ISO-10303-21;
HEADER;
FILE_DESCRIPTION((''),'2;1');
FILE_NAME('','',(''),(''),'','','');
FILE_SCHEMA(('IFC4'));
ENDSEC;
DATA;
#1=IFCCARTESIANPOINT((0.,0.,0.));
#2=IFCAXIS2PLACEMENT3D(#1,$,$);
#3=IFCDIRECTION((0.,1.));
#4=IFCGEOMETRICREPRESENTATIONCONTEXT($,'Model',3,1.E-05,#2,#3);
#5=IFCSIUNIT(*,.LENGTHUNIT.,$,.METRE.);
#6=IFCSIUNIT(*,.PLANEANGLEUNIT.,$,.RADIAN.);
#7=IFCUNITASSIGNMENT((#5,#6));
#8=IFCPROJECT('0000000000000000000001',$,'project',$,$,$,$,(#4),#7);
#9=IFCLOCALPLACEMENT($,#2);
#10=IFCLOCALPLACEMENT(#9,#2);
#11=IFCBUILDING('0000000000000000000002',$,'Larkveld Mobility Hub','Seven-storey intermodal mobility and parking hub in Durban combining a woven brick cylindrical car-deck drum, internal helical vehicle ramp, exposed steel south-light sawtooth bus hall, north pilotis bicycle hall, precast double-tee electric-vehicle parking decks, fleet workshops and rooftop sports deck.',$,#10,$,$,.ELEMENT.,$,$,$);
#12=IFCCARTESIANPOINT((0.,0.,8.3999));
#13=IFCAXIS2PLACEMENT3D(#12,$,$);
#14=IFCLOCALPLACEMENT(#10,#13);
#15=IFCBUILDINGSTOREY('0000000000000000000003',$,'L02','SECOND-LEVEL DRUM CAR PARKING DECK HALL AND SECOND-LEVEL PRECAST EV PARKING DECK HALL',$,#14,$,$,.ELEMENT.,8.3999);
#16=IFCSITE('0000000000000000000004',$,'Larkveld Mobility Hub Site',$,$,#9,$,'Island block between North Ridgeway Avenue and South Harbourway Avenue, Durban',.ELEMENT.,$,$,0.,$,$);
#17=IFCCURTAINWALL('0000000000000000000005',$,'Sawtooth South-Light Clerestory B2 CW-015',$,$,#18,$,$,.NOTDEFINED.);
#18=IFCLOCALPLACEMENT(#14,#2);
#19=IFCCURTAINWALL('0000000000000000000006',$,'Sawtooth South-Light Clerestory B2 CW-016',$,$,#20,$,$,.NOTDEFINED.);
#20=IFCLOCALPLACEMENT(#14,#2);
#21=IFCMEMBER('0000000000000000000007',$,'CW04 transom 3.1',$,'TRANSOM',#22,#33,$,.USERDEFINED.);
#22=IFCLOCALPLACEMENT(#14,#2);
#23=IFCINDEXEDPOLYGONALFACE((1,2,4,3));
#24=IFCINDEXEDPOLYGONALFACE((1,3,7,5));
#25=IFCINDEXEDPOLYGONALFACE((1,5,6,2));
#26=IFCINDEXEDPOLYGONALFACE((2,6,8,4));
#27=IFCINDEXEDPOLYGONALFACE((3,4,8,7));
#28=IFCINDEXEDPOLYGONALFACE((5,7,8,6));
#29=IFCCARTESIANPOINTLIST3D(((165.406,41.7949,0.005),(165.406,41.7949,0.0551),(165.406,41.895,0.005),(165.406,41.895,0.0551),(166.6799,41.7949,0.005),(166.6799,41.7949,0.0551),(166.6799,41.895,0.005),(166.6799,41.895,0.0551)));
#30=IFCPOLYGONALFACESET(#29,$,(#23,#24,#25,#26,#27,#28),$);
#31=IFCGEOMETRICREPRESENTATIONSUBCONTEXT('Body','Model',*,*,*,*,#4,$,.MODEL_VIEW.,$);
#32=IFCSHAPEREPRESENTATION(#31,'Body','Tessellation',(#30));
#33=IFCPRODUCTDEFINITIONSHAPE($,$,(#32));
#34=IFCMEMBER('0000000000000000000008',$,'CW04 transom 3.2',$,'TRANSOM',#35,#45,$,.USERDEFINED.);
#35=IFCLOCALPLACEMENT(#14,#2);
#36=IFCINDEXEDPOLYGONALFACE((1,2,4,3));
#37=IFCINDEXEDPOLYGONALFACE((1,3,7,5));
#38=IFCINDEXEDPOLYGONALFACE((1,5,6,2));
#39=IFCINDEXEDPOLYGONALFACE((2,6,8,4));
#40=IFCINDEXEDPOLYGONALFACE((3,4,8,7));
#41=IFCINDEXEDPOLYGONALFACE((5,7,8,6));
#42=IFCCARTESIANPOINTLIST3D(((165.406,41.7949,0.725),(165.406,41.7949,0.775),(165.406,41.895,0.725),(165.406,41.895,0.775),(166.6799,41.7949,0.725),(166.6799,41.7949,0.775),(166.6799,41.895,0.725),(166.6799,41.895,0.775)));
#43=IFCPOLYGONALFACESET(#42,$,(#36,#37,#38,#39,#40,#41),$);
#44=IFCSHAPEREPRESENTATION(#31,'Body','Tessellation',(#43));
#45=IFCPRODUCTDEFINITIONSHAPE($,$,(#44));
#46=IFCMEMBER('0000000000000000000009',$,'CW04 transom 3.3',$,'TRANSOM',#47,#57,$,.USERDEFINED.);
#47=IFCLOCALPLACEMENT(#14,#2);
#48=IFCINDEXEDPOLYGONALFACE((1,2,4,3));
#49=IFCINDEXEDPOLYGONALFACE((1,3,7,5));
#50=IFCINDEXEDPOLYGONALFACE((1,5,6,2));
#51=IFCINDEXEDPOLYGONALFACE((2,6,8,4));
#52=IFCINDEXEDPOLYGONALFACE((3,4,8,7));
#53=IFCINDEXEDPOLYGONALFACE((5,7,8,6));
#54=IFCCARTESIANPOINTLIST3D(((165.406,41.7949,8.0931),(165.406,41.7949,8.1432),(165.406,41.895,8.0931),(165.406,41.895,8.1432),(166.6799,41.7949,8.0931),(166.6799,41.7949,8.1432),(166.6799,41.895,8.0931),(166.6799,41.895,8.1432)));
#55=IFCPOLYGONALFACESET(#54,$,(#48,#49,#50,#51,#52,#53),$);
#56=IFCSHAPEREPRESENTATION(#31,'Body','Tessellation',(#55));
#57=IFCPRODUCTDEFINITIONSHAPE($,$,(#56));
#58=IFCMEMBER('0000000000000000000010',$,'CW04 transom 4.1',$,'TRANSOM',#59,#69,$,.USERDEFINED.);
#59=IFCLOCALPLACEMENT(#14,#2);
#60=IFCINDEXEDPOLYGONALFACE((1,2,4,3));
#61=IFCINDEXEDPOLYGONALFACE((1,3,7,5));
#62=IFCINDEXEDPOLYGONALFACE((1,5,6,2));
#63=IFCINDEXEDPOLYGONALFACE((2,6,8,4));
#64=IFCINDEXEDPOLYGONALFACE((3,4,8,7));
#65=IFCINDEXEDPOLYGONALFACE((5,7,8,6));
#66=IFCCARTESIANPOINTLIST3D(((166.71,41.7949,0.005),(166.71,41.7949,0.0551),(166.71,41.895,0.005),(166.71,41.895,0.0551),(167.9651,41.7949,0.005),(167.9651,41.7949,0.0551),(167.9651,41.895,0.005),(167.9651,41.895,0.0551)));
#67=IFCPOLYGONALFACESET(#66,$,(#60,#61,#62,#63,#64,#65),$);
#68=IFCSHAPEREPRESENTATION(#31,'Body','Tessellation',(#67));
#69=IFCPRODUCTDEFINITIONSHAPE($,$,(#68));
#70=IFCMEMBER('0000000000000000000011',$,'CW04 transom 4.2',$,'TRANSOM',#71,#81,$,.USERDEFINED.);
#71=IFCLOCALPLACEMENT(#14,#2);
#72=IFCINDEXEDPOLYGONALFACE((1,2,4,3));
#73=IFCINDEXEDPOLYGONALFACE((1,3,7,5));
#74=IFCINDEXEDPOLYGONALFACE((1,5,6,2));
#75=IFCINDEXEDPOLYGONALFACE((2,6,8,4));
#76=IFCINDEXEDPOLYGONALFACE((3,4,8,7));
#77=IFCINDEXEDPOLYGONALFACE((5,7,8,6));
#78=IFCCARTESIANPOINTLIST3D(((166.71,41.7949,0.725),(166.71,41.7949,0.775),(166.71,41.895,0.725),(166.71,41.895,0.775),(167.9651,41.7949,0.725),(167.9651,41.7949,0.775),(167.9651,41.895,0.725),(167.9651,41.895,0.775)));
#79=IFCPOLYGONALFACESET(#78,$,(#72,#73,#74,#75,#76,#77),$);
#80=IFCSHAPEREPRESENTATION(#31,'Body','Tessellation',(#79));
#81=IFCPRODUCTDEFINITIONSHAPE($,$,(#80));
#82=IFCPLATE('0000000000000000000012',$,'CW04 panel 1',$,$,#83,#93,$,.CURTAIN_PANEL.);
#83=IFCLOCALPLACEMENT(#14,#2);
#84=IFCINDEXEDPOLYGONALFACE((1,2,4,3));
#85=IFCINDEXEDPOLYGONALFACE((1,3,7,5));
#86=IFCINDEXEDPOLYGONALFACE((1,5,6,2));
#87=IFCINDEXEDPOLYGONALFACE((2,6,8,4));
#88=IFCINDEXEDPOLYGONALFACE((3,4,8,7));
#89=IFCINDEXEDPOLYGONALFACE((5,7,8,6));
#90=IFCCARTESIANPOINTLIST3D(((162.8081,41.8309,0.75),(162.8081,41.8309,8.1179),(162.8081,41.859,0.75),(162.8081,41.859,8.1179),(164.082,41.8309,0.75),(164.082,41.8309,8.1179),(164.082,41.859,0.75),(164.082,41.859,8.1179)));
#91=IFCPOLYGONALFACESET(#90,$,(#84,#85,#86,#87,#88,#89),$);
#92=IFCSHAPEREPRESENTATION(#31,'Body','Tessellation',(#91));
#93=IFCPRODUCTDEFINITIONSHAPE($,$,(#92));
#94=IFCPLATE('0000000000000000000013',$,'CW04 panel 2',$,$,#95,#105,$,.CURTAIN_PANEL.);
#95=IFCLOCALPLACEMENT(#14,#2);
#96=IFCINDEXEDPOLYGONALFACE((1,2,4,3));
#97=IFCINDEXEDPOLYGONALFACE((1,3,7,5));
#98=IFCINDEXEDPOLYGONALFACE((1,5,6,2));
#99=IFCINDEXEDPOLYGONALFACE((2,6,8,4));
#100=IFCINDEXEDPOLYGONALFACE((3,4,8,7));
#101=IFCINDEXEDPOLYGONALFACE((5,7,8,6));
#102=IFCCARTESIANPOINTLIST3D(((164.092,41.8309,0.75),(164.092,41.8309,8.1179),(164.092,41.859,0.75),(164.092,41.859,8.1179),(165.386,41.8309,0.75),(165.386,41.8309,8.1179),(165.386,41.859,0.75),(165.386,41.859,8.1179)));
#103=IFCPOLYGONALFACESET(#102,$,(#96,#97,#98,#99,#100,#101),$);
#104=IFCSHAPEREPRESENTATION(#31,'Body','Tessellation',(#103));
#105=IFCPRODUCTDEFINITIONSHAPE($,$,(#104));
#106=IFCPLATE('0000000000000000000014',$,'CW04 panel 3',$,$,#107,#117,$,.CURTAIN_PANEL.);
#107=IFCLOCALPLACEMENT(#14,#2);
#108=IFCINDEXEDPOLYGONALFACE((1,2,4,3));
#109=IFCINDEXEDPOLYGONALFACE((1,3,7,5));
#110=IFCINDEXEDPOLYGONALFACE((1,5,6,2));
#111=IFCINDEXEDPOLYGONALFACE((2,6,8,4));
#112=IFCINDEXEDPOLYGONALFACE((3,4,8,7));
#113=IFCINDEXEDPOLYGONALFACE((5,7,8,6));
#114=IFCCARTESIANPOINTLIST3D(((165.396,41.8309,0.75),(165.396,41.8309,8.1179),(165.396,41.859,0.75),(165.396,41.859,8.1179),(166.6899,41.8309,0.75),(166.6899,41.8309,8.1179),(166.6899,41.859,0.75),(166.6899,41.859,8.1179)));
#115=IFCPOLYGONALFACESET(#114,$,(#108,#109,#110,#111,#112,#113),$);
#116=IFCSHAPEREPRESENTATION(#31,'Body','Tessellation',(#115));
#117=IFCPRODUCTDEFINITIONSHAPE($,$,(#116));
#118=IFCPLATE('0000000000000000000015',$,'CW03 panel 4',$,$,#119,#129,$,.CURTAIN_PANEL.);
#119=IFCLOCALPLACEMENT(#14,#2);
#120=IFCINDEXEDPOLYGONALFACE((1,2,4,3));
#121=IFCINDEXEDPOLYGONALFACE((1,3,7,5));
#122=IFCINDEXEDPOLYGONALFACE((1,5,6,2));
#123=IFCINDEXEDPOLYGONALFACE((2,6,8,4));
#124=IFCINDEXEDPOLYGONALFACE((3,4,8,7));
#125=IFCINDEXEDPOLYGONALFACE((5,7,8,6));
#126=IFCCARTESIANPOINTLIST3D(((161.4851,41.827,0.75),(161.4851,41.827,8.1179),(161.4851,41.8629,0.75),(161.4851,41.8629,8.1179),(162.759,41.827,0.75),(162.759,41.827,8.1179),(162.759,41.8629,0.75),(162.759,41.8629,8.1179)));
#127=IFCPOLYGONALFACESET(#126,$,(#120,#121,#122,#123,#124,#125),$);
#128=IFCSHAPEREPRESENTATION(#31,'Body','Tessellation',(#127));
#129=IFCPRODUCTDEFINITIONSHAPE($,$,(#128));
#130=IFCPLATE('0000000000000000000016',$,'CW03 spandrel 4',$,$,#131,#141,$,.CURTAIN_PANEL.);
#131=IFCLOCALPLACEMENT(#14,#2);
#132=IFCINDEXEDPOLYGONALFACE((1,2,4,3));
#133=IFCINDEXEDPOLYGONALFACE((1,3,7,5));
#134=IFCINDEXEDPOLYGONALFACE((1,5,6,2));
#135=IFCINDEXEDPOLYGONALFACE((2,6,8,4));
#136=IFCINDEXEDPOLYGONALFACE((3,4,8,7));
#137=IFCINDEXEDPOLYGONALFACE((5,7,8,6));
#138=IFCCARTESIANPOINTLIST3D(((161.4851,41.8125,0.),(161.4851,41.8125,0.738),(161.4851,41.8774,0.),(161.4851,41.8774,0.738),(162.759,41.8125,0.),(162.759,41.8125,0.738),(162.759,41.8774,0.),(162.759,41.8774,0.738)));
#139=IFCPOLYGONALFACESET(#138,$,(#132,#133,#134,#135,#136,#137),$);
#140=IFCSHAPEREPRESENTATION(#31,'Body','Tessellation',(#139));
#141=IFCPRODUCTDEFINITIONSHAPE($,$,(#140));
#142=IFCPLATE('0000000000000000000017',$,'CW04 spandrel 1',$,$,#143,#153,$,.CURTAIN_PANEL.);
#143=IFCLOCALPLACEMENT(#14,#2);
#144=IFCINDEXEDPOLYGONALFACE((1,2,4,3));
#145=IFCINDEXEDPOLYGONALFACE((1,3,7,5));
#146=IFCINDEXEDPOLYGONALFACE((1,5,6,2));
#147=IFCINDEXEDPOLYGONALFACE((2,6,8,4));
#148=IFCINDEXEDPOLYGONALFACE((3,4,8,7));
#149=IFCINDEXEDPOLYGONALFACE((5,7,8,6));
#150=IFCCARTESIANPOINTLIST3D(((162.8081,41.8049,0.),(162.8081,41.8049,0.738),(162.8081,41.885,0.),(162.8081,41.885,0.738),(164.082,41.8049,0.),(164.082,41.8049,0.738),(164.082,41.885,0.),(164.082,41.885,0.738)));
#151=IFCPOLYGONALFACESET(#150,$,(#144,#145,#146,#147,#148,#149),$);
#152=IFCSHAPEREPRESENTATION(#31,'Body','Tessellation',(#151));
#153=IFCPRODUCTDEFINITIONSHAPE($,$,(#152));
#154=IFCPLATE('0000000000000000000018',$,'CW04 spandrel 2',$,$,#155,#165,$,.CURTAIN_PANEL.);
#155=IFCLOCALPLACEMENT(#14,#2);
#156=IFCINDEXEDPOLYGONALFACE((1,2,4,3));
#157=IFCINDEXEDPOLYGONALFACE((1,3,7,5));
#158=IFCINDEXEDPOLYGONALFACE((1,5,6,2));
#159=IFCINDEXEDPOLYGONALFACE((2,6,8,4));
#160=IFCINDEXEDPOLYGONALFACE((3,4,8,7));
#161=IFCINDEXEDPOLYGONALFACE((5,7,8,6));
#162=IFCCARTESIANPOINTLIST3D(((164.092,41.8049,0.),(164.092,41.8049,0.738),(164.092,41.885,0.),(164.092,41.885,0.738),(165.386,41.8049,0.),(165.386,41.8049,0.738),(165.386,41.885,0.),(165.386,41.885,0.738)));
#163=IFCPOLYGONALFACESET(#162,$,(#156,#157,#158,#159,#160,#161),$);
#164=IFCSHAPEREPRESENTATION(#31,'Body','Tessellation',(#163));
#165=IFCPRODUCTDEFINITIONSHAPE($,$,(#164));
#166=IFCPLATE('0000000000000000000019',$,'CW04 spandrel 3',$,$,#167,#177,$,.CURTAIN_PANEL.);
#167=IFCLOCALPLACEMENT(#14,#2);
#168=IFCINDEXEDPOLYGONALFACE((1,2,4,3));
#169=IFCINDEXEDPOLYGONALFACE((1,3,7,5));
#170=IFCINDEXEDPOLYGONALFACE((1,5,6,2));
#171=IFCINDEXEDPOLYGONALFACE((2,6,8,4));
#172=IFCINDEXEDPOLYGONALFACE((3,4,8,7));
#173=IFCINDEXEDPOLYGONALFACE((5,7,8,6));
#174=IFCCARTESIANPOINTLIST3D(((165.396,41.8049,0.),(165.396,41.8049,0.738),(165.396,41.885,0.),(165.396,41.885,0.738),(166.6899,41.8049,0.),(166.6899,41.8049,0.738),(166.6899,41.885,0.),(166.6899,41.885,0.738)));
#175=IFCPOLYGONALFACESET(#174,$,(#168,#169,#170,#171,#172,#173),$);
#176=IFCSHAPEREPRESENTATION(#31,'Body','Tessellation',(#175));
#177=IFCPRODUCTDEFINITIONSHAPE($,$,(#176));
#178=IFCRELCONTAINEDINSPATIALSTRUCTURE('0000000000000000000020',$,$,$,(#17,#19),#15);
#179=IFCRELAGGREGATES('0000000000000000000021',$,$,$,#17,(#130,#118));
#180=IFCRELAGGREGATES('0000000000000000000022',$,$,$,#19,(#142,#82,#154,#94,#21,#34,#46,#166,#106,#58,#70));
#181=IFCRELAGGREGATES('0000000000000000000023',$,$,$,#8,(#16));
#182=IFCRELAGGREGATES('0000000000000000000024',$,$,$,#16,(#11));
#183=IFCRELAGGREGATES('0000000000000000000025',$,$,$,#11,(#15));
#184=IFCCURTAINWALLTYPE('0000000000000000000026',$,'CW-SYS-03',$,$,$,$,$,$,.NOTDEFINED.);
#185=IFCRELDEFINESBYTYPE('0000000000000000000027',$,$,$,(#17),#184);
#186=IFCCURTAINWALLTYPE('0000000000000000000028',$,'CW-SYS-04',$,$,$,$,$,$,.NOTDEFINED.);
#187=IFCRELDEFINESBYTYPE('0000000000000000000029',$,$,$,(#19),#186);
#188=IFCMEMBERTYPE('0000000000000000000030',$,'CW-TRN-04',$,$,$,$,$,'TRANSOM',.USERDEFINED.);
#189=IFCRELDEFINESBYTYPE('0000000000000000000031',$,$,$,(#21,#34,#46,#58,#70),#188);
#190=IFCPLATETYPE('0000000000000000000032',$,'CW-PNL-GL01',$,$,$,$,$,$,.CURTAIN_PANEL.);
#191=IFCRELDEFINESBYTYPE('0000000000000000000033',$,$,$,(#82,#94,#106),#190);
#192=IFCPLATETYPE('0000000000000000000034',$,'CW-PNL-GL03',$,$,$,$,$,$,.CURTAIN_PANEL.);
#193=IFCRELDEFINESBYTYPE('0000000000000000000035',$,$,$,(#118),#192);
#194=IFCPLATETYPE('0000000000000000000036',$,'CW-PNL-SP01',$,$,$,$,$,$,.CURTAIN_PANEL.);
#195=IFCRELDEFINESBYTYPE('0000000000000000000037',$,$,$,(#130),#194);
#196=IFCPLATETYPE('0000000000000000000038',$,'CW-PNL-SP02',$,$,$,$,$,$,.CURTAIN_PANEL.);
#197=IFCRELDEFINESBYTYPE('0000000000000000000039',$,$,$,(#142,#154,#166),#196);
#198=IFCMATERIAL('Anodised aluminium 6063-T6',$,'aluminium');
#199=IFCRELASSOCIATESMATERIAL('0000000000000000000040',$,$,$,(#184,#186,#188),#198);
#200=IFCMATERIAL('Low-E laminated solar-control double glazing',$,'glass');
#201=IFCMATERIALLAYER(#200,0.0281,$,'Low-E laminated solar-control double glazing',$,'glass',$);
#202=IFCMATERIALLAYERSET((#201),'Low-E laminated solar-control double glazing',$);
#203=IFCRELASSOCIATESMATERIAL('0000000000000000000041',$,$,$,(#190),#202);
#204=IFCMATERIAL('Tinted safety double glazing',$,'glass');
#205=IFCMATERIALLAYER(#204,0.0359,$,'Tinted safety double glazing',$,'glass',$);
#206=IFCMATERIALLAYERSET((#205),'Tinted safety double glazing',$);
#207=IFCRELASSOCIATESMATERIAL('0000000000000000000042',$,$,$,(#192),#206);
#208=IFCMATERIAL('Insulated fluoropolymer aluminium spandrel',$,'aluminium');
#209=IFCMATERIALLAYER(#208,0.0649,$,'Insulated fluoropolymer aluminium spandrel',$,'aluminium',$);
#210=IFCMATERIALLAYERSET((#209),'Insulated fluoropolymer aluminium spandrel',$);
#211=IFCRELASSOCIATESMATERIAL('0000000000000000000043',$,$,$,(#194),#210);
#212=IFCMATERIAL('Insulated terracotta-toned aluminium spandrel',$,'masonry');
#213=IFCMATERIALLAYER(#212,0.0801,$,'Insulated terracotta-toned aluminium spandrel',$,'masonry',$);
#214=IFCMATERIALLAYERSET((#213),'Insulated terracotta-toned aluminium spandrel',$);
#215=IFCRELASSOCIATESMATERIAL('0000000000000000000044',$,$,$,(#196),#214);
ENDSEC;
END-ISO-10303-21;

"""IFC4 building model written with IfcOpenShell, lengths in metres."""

from ifc_helpers import new_model, si_unit, direction, frame, origin, origin_2d, place, context, subcontext, project, spatial, rectangle, extrude, material, layer, layer_set, material_profile, profile_set, type_object, element, aggregate, save


model = new_model("IFC4")

# Units and contexts
model_context = context("Model", 3, precision=1e-05, world=origin(), true_north=direction((0.0, 1.0)))
body_context = subcontext(model_context, "Body", "Model", "MODEL_VIEW")
ifc_project = project(units=[si_unit("LENGTHUNIT", "METRE"), si_unit("PLANEANGLEUNIT", "RADIAN")], contexts=[model_context])

# Site, building, storey
site_placement = place(None, origin())
site = spatial("IfcSite", under=ifc_project, at=site_placement, Name="Larkveld Mobility Hub Site", LongName="Island block between North Ridgeway Avenue and South Harbourway Avenue, Durban", CompositionType="ELEMENT", RefElevation=0.0)
building_placement = place(site_placement, origin())
building = spatial("IfcBuilding", under=site, at=building_placement, Name="Larkveld Mobility Hub", Description="Seven-storey intermodal mobility and parking hub in Durban combining a woven brick cylindrical car-deck drum, internal helical vehicle ramp, exposed steel south-light sawtooth bus hall, north pilotis bicycle hall, precast double-tee electric-vehicle parking decks, fleet workshops and rooftop sports deck.", CompositionType="ELEMENT")
storey_placement = place(building_placement, frame((0.0, 0.0, 8.3999)))
storey = spatial("IfcBuildingStorey", under=building, at=storey_placement, Name="L02", Description="SECOND-LEVEL DRUM CAR PARKING DECK HALL AND SECOND-LEVEL PRECAST EV PARKING DECK HALL", CompositionType="ELEMENT", Elevation=8.3999)

# Curtain wall
ifc_material_1 = material(Name="Anodised aluminium 6063-T6", Category="aluminium")
curtain_wall_type_1 = type_object("IfcCurtainWallType", Name="CW-SYS-03", PredefinedType="NOTDEFINED", material=ifc_material_1)
curtain_wall_1_placement = place(storey_placement, origin())
curtain_wall_1 = element("IfcCurtainWall", 1, at=curtain_wall_1_placement, inside=storey, type_object=curtain_wall_type_1, Name="Sawtooth South-Light Clerestory B2 CW-015", PredefinedType="NOTDEFINED")

# Curtain wall
curtain_wall_type_2 = type_object("IfcCurtainWallType", Name="CW-SYS-04", PredefinedType="NOTDEFINED", material=ifc_material_1)
curtain_wall_2_placement = place(storey_placement, origin())
curtain_wall_2 = element("IfcCurtainWall", 2, at=curtain_wall_2_placement, inside=storey, type_object=curtain_wall_type_2, Name="Sawtooth South-Light Clerestory B2 CW-016", PredefinedType="NOTDEFINED")

# Members
ifc_material_profile_1 = material_profile(ifc_material_1, rectangle(XDim=0.1001, YDim=0.05, at=origin_2d()), Name="ALU TRAN 50x100")
ifc_profile_set_1 = profile_set([ifc_material_profile_1], Name="Anodised aluminium 6063-T6")
member_type_1 = type_object("IfcMemberType", Name="CW-TRN-04", ElementType="TRANSOM", PredefinedType="USERDEFINED", material=ifc_profile_set_1)
member_1_placement = place(storey_placement, frame((165.406, 41.845, 0.03), z_axis=(1.0, 0.0, 0.0), x_axis=(0.0, 1.0, 0.0)))
member_1 = element("IfcMember", 3, at=member_1_placement, type_object=member_type_1, Name="CW04 transom 3.1", ObjectType="TRANSOM", PredefinedType="USERDEFINED", context=body_context, shape_type="SweptSolid", body=[
    extrude(rectangle(XDim=0.1001, YDim=0.05, at=origin_2d()), origin(), (0.0, 0.0, 1.0), 1.2739),
])
member_2_placement = place(storey_placement, frame((165.406, 41.845, 0.75), z_axis=(1.0, 0.0, 0.0), x_axis=(0.0, 1.0, 0.0)))
member_2 = element("IfcMember", 4, at=member_2_placement, type_object=member_type_1, Name="CW04 transom 3.2", ObjectType="TRANSOM", PredefinedType="USERDEFINED", context=body_context, shape_type="SweptSolid", body=[
    extrude(rectangle(XDim=0.1001, YDim=0.05, at=origin_2d()), origin(), (0.0, 0.0, 1.0), 1.2739),
])
member_3_placement = place(storey_placement, frame((165.406, 41.845, 8.1182), z_axis=(1.0, 0.0, 0.0), x_axis=(0.0, 1.0, 0.0)))
member_3 = element("IfcMember", 5, at=member_3_placement, type_object=member_type_1, Name="CW04 transom 3.3", ObjectType="TRANSOM", PredefinedType="USERDEFINED", context=body_context, shape_type="SweptSolid", body=[
    extrude(rectangle(XDim=0.1001, YDim=0.05, at=origin_2d()), origin(), (0.0, 0.0, 1.0), 1.2739),
])
member_4_placement = place(storey_placement, frame((166.71, 41.845, 0.03), z_axis=(1.0, 0.0, 0.0), x_axis=(0.0, 1.0, 0.0)))
member_4 = element("IfcMember", 6, at=member_4_placement, type_object=member_type_1, Name="CW04 transom 4.1", ObjectType="TRANSOM", PredefinedType="USERDEFINED", context=body_context, shape_type="SweptSolid", body=[
    extrude(rectangle(XDim=0.1001, YDim=0.05, at=origin_2d()), origin(), (0.0, 0.0, 1.0), 1.2551),
])
member_5_placement = place(storey_placement, frame((166.71, 41.845, 0.75), z_axis=(1.0, 0.0, 0.0), x_axis=(0.0, 1.0, 0.0)))
member_5 = element("IfcMember", 7, at=member_5_placement, type_object=member_type_1, Name="CW04 transom 4.2", ObjectType="TRANSOM", PredefinedType="USERDEFINED", context=body_context, shape_type="SweptSolid", body=[
    extrude(rectangle(XDim=0.1001, YDim=0.05, at=origin_2d()), origin(), (0.0, 0.0, 1.0), 1.2551),
])

# Plates
ifc_material_2 = material(Name="Low-E laminated solar-control double glazing", Category="glass")
ifc_layer_1 = layer(ifc_material_2, 0.0281, Name="Low-E laminated solar-control double glazing", Category="glass")
ifc_layer_set_1 = layer_set([ifc_layer_1], Name="Low-E laminated solar-control double glazing")
plate_type_1 = type_object("IfcPlateType", Name="CW-PNL-GL01", PredefinedType="CURTAIN_PANEL", material=ifc_layer_set_1)
plate_1_placement = place(storey_placement, frame((163.4451, 41.845, 0.75), z_axis=(0.0, 0.0, 1.0), x_axis=(1.0, 0.0, 0.0)))
plate_1 = element("IfcPlate", 8, at=plate_1_placement, type_object=plate_type_1, Name="CW04 panel 1", PredefinedType="CURTAIN_PANEL", context=body_context, shape_type="SweptSolid", body=[
    extrude(rectangle(XDim=1.2739, YDim=0.0281, at=origin_2d()), origin(), (0.0, 0.0, 1.0), 7.3679),
])
plate_2_placement = place(storey_placement, frame((164.739, 41.845, 0.75), z_axis=(0.0, 0.0, 1.0), x_axis=(1.0, 0.0, 0.0)))
plate_2 = element("IfcPlate", 9, at=plate_2_placement, type_object=plate_type_1, Name="CW04 panel 2", PredefinedType="CURTAIN_PANEL", context=body_context, shape_type="SweptSolid", body=[
    extrude(rectangle(XDim=1.2939, YDim=0.0281, at=origin_2d()), origin(), (0.0, 0.0, 1.0), 7.3679),
])
plate_3_placement = place(storey_placement, frame((166.043, 41.845, 0.75), z_axis=(0.0, 0.0, 1.0), x_axis=(1.0, 0.0, 0.0)))
plate_3 = element("IfcPlate", 10, at=plate_3_placement, type_object=plate_type_1, Name="CW04 panel 3", PredefinedType="CURTAIN_PANEL", context=body_context, shape_type="SweptSolid", body=[
    extrude(rectangle(XDim=1.2939, YDim=0.0281, at=origin_2d()), origin(), (0.0, 0.0, 1.0), 7.3679),
])
ifc_material_3 = material(Name="Tinted safety double glazing", Category="glass")
ifc_layer_2 = layer(ifc_material_3, 0.0359, Name="Tinted safety double glazing", Category="glass")
ifc_layer_set_2 = layer_set([ifc_layer_2], Name="Tinted safety double glazing")
plate_type_2 = type_object("IfcPlateType", Name="CW-PNL-GL03", PredefinedType="CURTAIN_PANEL", material=ifc_layer_set_2)
plate_4_placement = place(storey_placement, frame((162.1221, 41.845, 0.75), z_axis=(0.0, 0.0, 1.0), x_axis=(1.0, 0.0, 0.0)))
plate_4 = element("IfcPlate", 11, at=plate_4_placement, type_object=plate_type_2, Name="CW03 panel 4", PredefinedType="CURTAIN_PANEL", context=body_context, shape_type="SweptSolid", body=[
    extrude(rectangle(XDim=1.2739, YDim=0.0359, at=origin_2d()), origin(), (0.0, 0.0, 1.0), 7.3679),
])
ifc_material_4 = material(Name="Insulated fluoropolymer aluminium spandrel", Category="aluminium")
ifc_layer_3 = layer(ifc_material_4, 0.0649, Name="Insulated fluoropolymer aluminium spandrel", Category="aluminium")
ifc_layer_set_3 = layer_set([ifc_layer_3], Name="Insulated fluoropolymer aluminium spandrel")
plate_type_3 = type_object("IfcPlateType", Name="CW-PNL-SP01", PredefinedType="CURTAIN_PANEL", material=ifc_layer_set_3)
plate_5_placement = place(storey_placement, frame((162.1221, 41.845, 0.0), z_axis=(0.0, 0.0, 1.0), x_axis=(1.0, 0.0, 0.0)))
plate_5 = element("IfcPlate", 12, at=plate_5_placement, type_object=plate_type_3, Name="CW03 spandrel 4", PredefinedType="CURTAIN_PANEL", context=body_context, shape_type="SweptSolid", body=[
    extrude(rectangle(XDim=1.2739, YDim=0.0649, at=origin_2d()), origin(), (0.0, 0.0, 1.0), 0.738),
])
aggregate(curtain_wall_1, [plate_5, plate_4])
ifc_material_5 = material(Name="Insulated terracotta-toned aluminium spandrel", Category="masonry")
ifc_layer_4 = layer(ifc_material_5, 0.0801, Name="Insulated terracotta-toned aluminium spandrel", Category="masonry")
ifc_layer_set_4 = layer_set([ifc_layer_4], Name="Insulated terracotta-toned aluminium spandrel")
plate_type_4 = type_object("IfcPlateType", Name="CW-PNL-SP02", PredefinedType="CURTAIN_PANEL", material=ifc_layer_set_4)
plate_6_placement = place(storey_placement, frame((163.4451, 41.845, 0.0), z_axis=(0.0, 0.0, 1.0), x_axis=(1.0, 0.0, 0.0)))
plate_6 = element("IfcPlate", 13, at=plate_6_placement, type_object=plate_type_4, Name="CW04 spandrel 1", PredefinedType="CURTAIN_PANEL", context=body_context, shape_type="SweptSolid", body=[
    extrude(rectangle(XDim=1.2739, YDim=0.0801, at=origin_2d()), origin(), (0.0, 0.0, 1.0), 0.738),
])
plate_7_placement = place(storey_placement, frame((164.739, 41.845, 0.0), z_axis=(0.0, 0.0, 1.0), x_axis=(1.0, 0.0, 0.0)))
plate_7 = element("IfcPlate", 14, at=plate_7_placement, type_object=plate_type_4, Name="CW04 spandrel 2", PredefinedType="CURTAIN_PANEL", context=body_context, shape_type="SweptSolid", body=[
    extrude(rectangle(XDim=1.2939, YDim=0.0801, at=origin_2d()), origin(), (0.0, 0.0, 1.0), 0.738),
])
plate_8_placement = place(storey_placement, frame((166.043, 41.845, 0.0), z_axis=(0.0, 0.0, 1.0), x_axis=(1.0, 0.0, 0.0)))
plate_8 = element("IfcPlate", 15, at=plate_8_placement, type_object=plate_type_4, Name="CW04 spandrel 3", PredefinedType="CURTAIN_PANEL", context=body_context, shape_type="SweptSolid", body=[
    extrude(rectangle(XDim=1.2939, YDim=0.0801, at=origin_2d()), origin(), (0.0, 0.0, 1.0), 0.738),
])
aggregate(curtain_wall_2, [plate_6, plate_1, plate_7, plate_2, member_1, member_2, member_3, plate_8, plate_3, member_4, member_5])

save(model, "model.ifc")
